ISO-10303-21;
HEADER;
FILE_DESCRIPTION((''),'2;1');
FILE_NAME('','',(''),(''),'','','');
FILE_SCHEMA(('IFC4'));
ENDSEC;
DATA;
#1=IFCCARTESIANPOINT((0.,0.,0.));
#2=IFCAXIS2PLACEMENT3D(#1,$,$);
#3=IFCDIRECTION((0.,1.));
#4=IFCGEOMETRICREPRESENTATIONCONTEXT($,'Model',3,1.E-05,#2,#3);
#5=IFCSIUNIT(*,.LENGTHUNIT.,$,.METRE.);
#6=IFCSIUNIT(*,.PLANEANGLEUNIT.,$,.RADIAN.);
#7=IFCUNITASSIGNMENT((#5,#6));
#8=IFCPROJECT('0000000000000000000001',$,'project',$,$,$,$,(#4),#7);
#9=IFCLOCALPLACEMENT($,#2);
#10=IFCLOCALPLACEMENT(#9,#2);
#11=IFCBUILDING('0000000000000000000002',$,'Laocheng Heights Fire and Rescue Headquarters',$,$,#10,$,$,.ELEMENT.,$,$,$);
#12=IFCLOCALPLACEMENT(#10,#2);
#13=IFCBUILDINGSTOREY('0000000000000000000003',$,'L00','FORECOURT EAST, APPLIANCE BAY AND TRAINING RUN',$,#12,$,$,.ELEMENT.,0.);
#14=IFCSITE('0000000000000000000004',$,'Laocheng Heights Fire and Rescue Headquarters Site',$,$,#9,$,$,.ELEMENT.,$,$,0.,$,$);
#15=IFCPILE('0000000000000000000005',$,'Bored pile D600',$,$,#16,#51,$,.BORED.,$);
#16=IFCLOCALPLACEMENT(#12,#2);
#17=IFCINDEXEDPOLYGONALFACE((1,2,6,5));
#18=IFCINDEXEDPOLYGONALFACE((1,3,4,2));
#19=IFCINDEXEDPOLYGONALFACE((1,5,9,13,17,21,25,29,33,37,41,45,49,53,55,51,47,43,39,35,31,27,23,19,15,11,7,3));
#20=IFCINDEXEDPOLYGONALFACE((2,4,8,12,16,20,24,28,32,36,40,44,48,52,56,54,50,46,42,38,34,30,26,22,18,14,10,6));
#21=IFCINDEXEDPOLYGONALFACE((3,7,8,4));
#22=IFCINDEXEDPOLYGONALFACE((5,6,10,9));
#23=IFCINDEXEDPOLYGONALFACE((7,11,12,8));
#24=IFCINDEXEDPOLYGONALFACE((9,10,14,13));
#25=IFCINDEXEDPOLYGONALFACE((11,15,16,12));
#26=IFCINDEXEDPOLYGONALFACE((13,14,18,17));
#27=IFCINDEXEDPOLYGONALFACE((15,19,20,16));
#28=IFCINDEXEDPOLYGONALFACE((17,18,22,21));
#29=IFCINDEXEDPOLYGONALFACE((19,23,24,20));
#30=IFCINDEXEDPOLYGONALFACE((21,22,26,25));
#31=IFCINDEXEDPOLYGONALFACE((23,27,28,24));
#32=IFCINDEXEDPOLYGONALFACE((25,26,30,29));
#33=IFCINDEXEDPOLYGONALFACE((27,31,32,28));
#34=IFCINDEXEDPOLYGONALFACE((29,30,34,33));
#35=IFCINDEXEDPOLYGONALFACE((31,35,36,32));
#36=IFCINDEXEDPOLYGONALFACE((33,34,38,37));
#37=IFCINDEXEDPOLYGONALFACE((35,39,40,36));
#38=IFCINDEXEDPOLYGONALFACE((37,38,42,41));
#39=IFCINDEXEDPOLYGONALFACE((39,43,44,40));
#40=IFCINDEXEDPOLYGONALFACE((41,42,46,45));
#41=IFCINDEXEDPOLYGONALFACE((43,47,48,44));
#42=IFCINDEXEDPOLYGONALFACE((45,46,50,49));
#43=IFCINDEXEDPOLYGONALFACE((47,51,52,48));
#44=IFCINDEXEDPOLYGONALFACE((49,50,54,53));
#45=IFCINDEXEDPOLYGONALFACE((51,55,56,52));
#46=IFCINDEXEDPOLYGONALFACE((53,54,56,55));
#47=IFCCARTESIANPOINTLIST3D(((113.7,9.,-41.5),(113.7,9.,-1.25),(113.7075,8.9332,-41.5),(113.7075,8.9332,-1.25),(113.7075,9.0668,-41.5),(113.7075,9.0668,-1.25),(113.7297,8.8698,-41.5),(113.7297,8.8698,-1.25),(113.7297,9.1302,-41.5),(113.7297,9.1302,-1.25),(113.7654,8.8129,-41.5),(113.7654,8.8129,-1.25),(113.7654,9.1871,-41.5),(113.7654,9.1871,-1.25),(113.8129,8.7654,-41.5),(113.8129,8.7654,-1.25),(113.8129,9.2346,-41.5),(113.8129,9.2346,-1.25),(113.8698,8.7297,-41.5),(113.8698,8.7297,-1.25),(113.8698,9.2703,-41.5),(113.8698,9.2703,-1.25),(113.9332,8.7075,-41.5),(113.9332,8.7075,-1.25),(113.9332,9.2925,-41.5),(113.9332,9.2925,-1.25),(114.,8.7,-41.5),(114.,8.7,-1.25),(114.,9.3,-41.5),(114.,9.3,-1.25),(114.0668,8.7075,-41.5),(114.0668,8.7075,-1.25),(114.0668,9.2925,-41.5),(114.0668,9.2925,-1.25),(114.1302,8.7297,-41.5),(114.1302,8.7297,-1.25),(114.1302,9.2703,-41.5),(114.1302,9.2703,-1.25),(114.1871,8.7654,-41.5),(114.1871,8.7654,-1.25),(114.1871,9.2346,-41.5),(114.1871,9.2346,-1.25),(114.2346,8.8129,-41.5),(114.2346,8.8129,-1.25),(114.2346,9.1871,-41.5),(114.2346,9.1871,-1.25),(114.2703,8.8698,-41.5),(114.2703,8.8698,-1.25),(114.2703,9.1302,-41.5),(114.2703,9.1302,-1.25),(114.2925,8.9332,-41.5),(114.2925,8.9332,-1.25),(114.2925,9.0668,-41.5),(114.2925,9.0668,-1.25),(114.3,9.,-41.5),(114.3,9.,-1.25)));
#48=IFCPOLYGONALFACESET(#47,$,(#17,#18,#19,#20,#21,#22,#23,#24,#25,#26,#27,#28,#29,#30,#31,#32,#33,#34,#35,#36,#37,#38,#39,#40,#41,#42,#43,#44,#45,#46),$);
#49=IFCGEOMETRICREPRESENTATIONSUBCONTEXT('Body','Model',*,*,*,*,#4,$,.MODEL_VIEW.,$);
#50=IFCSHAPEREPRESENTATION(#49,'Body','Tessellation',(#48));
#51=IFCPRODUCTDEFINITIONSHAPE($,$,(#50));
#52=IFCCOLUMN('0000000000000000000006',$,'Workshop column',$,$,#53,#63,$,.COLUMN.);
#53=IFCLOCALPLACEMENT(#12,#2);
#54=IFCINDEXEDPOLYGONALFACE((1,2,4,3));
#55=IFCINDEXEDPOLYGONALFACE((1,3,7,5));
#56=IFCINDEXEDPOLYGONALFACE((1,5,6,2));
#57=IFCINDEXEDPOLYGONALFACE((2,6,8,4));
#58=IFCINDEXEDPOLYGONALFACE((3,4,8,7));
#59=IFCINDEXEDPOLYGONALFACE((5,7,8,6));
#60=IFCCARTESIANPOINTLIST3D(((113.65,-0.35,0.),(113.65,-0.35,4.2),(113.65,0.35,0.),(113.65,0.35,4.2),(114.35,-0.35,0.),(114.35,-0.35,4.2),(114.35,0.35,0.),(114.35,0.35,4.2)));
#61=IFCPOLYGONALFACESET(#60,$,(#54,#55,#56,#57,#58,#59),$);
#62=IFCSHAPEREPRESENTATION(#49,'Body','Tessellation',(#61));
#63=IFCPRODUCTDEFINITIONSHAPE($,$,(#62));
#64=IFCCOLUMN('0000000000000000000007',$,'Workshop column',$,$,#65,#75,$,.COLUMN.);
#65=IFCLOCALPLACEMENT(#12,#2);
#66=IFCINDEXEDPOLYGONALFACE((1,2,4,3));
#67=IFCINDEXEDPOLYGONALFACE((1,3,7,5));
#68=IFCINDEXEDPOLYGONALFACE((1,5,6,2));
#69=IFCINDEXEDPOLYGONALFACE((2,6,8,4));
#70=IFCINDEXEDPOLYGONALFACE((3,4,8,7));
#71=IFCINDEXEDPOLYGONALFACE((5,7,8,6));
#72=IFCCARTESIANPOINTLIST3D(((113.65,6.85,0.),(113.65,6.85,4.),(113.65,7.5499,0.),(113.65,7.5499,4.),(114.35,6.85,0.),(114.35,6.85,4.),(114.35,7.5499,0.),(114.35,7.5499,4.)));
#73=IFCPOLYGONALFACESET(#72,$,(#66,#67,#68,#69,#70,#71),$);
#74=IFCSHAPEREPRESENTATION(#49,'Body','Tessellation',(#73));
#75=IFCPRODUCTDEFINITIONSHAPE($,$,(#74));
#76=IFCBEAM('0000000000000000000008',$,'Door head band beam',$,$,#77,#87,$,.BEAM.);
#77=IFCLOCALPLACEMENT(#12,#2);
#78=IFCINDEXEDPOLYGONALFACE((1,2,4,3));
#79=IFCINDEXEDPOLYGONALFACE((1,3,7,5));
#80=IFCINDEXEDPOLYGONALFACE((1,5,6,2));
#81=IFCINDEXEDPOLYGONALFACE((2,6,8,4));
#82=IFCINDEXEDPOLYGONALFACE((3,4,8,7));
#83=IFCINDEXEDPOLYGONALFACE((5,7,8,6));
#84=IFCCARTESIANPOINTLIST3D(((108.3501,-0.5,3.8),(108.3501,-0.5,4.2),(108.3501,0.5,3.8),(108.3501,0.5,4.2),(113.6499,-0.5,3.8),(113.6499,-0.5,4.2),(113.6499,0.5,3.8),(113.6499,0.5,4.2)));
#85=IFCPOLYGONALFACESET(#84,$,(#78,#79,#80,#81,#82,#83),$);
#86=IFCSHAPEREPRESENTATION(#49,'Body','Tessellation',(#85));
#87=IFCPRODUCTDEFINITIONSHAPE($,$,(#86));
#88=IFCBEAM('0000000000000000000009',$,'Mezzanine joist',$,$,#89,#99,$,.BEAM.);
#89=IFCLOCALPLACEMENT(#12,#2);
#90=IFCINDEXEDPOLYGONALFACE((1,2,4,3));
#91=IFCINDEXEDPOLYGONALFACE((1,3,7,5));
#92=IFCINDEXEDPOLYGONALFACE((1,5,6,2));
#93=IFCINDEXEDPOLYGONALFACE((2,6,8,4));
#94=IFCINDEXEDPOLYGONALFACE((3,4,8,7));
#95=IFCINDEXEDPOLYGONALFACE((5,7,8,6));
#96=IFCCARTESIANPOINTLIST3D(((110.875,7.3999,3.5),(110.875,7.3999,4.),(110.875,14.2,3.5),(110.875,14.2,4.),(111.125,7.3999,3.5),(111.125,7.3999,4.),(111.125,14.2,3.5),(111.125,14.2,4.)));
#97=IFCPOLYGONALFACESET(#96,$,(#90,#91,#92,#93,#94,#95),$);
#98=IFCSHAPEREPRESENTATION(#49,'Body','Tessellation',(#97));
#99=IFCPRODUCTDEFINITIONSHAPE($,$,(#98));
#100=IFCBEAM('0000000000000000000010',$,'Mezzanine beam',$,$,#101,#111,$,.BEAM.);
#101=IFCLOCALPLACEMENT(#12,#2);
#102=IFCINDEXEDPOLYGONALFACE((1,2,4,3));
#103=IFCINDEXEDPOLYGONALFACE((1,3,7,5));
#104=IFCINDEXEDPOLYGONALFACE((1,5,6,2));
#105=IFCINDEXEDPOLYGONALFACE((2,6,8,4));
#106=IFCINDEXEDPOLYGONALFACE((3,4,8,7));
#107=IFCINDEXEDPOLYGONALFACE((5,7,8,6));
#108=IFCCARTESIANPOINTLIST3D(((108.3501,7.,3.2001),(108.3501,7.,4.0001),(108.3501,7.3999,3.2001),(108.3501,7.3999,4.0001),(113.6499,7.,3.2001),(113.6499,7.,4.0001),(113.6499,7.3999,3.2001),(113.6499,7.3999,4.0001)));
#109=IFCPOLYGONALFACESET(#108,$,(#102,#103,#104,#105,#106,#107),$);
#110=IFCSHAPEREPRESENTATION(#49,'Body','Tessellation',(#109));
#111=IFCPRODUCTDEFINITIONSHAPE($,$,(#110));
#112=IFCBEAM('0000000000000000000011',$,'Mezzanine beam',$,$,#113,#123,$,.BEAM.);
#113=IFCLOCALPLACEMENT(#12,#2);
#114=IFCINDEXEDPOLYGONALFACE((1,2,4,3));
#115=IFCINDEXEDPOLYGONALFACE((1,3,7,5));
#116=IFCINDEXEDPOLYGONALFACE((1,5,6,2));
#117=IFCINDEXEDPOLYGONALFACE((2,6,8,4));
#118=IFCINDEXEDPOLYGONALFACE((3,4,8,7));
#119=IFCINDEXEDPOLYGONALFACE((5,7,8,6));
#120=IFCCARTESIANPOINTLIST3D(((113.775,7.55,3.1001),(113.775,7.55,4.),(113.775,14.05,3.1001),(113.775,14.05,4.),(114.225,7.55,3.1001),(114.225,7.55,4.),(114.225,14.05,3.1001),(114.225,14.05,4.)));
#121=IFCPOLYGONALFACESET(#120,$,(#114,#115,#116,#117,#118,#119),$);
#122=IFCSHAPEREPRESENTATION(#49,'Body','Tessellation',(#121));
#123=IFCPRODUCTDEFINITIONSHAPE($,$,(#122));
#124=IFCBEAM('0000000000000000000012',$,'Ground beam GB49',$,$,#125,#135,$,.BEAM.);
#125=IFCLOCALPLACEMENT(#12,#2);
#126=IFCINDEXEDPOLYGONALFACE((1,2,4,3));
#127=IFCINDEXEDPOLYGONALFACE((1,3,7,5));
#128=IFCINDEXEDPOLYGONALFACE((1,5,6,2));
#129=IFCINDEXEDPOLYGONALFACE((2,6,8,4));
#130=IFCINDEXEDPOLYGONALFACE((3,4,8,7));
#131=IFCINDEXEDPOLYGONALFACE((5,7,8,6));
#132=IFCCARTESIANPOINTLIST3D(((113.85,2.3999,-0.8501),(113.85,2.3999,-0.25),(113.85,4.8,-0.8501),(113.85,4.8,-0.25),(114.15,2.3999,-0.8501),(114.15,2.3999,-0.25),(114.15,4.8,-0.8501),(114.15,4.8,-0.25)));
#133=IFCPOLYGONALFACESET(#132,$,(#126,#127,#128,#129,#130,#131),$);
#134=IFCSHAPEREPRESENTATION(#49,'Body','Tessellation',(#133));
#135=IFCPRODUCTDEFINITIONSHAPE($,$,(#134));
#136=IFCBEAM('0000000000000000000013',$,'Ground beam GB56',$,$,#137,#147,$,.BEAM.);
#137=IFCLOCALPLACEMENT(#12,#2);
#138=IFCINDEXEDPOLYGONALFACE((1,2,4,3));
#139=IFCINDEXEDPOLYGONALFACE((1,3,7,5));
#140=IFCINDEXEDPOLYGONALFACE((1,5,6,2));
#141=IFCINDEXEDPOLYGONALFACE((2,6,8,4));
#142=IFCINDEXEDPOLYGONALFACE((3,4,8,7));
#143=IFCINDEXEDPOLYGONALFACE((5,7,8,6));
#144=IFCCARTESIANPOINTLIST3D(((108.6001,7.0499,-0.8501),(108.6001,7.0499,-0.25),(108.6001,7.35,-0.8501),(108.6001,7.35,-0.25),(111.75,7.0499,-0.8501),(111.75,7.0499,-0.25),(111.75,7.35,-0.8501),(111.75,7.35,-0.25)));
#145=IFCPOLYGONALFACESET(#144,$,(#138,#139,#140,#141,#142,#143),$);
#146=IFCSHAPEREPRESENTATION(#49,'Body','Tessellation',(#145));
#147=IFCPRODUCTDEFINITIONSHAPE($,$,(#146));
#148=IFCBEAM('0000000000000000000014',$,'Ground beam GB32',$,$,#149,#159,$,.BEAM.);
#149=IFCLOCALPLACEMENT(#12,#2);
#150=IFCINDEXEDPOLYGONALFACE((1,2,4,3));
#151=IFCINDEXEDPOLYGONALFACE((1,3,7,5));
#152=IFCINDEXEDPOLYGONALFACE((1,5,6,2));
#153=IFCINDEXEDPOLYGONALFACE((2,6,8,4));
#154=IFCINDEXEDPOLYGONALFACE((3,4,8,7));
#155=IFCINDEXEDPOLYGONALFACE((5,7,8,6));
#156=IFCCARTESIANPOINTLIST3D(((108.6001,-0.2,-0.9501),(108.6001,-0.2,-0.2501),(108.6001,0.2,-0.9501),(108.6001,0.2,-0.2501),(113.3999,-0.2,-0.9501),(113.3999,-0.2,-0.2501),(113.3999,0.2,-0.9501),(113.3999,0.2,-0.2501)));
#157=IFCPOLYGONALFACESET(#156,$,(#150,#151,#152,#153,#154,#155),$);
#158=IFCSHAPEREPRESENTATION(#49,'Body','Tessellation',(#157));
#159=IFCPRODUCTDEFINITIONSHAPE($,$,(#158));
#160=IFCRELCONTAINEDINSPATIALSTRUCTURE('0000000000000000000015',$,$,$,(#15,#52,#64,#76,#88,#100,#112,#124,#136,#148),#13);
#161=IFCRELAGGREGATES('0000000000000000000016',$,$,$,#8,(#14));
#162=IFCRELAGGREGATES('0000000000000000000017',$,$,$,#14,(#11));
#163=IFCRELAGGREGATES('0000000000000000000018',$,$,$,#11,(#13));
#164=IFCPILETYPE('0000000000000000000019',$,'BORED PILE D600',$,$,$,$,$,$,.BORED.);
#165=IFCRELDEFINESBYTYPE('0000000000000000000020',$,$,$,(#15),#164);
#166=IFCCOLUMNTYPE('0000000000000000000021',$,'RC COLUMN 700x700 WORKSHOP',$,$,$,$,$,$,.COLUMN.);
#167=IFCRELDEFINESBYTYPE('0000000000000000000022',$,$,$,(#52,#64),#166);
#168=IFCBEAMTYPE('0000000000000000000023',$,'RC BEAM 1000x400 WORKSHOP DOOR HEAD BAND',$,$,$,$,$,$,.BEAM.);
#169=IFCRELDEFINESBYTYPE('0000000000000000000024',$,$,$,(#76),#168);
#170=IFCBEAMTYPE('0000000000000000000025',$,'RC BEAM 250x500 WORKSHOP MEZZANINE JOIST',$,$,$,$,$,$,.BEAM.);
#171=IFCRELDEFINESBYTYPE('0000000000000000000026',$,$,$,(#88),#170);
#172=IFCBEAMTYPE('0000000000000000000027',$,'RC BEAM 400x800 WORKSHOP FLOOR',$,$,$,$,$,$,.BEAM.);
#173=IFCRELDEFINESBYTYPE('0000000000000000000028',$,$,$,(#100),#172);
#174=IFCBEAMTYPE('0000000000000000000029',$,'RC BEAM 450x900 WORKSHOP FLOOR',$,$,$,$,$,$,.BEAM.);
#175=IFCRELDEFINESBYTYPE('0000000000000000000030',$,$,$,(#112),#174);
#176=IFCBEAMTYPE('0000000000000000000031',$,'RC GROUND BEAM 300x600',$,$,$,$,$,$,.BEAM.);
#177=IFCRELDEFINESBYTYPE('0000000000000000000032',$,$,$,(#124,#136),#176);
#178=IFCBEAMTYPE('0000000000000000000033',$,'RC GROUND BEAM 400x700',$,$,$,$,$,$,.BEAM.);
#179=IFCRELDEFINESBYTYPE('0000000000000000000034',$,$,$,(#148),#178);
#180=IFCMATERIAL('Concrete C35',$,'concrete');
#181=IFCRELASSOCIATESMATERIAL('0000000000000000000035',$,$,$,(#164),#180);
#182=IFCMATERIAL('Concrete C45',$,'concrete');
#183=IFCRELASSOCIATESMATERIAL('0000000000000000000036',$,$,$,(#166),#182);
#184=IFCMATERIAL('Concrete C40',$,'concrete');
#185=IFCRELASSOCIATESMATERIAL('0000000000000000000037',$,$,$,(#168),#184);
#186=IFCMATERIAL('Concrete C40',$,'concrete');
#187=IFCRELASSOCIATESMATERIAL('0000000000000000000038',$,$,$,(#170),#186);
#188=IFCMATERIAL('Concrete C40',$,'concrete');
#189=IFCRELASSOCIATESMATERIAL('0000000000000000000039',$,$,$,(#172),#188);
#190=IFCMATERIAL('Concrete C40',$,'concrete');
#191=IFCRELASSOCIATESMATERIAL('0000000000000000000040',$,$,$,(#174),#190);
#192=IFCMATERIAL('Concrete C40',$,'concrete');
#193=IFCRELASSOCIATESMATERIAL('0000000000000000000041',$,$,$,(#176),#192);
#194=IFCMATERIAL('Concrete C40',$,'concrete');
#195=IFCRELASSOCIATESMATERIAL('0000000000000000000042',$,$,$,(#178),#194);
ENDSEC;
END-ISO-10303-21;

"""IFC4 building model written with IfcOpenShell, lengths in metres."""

from ifc_helpers import new_model, si_unit, direction, frame, origin, origin_2d, place, context, subcontext, project, spatial, rectangle, circle, extrude, material, material_profile, profile_set, type_object, element, save


model = new_model("IFC4")

# Units and contexts
model_context = context("Model", 3, precision=1e-05, world=origin(), true_north=direction((0.0, 1.0)))
body_context = subcontext(model_context, "Body", "Model", "MODEL_VIEW")
ifc_project = project(units=[si_unit("LENGTHUNIT", "METRE"), si_unit("PLANEANGLEUNIT", "RADIAN")], contexts=[model_context])

# Site, building, storey
site_placement = place(None, origin())
site = spatial("IfcSite", under=ifc_project, at=site_placement, Name="Laocheng Heights Fire and Rescue Headquarters Site", CompositionType="ELEMENT", RefElevation=0.0)
building_placement = place(site_placement, origin())
building = spatial("IfcBuilding", under=site, at=building_placement, Name="Laocheng Heights Fire and Rescue Headquarters", CompositionType="ELEMENT")
storey_placement = place(building_placement, origin())
storey = spatial("IfcBuildingStorey", under=building, at=storey_placement, Name="L00", Description="FORECOURT EAST, APPLIANCE BAY AND TRAINING RUN", CompositionType="ELEMENT", Elevation=0.0)

# Pile
ifc_material_1 = material(Name="Concrete C35", Category="concrete")
ifc_material_profile_1 = material_profile(ifc_material_1, circle(Radius=0.3, at=origin_2d()), Name="BORED PILE D600")
ifc_profile_set_1 = profile_set([ifc_material_profile_1], Name="Concrete C35")
pile_type = type_object("IfcPileType", Name="BORED PILE D600", PredefinedType="BORED", material=ifc_profile_set_1)
for number, where, z_axis, x_axis, name in (
    (1, (114.0, 9.0, -1.25), (0.0, 0.0, -1.0), (1.0, 0.0, 0.0), "Bored pile D600"),
):
    element("IfcPile", number, at=place(storey_placement, frame(where, z_axis=z_axis, x_axis=x_axis)), inside=storey, type_object=pile_type, Name=name, PredefinedType="BORED", context=body_context, shape_type="SweptSolid", body=[
        extrude(circle(Radius=0.3, at=origin_2d()), origin(), (0.0, 0.0, 1.0), 40.25),
    ])

# Columns
ifc_material_2 = material(Name="Concrete C45", Category="concrete")
ifc_material_profile_2 = material_profile(ifc_material_2, rectangle(XDim=0.7, YDim=0.7, at=origin_2d()), Name="RC COLUMN 700x700 WORKSHOP")
ifc_profile_set_2 = profile_set([ifc_material_profile_2], Name="Concrete C45")
column_type = type_object("IfcColumnType", Name="RC COLUMN 700x700 WORKSHOP", PredefinedType="COLUMN", material=ifc_profile_set_2)
column_1_placement = place(storey_placement, frame((114.0, 0.0, 0.0), z_axis=(0.0, 0.0, 1.0), x_axis=(1.0, 0.0, 0.0)))
element("IfcColumn", 2, at=column_1_placement, inside=storey, type_object=column_type, Name="Workshop column", PredefinedType="COLUMN", context=body_context, shape_type="SweptSolid", body=[
    extrude(rectangle(XDim=0.7, YDim=0.7, at=origin_2d()), origin(), (0.0, 0.0, 1.0), 4.2),
])
column_2_placement = place(storey_placement, frame((114.0, 7.2, 0.0), z_axis=(0.0, 0.0, 1.0), x_axis=(1.0, 0.0, 0.0)))
element("IfcColumn", 3, at=column_2_placement, inside=storey, type_object=column_type, Name="Workshop column", PredefinedType="COLUMN", context=body_context, shape_type="SweptSolid", body=[
    extrude(rectangle(XDim=0.7, YDim=0.7, at=origin_2d()), origin(), (0.0, 0.0, 1.0), 4.0),
])

# Beams
ifc_material_3 = material(Name="Concrete C40", Category="concrete")
ifc_material_profile_3 = material_profile(ifc_material_3, rectangle(XDim=1.0, YDim=0.3999, at=origin_2d()), Name="RC BEAM 1000x400 WORKSHOP DOOR HEAD BAND")
ifc_profile_set_3 = profile_set([ifc_material_profile_3], Name="Concrete C40")
beam_type_1 = type_object("IfcBeamType", Name="RC BEAM 1000x400 WORKSHOP DOOR HEAD BAND", PredefinedType="BEAM", material=ifc_profile_set_3)
beam_1_placement = place(storey_placement, frame((108.3501, 0.0, 4.0), z_axis=(1.0, 0.0, 0.0), x_axis=(0.0, 1.0, 0.0)))
element("IfcBeam", 4, at=beam_1_placement, inside=storey, type_object=beam_type_1, Name="Door head band beam", PredefinedType="BEAM", context=body_context, shape_type="SweptSolid", body=[
    extrude(rectangle(XDim=1.0, YDim=0.3999, at=origin_2d()), origin(), (0.0, 0.0, 1.0), 5.2998),
])
ifc_material_4 = material(Name="Concrete C40", Category="concrete")
ifc_material_profile_4 = material_profile(ifc_material_4, rectangle(XDim=0.25, YDim=0.5, at=origin_2d()), Name="RC BEAM 250x500 WORKSHOP MEZZANINE JOIST")
ifc_profile_set_4 = profile_set([ifc_material_profile_4], Name="Concrete C40")
beam_type_2 = type_object("IfcBeamType", Name="RC BEAM 250x500 WORKSHOP MEZZANINE JOIST", PredefinedType="BEAM", material=ifc_profile_set_4)
beam_2_placement = place(storey_placement, frame((111.0, 7.3999, 3.75), z_axis=(0.0, 1.0, 0.0), x_axis=(-1.0, 0.0, 0.0)))
element("IfcBeam", 5, at=beam_2_placement, inside=storey, type_object=beam_type_2, Name="Mezzanine joist", PredefinedType="BEAM", context=body_context, shape_type="SweptSolid", body=[
    extrude(rectangle(XDim=0.25, YDim=0.5, at=origin_2d()), origin(), (0.0, 0.0, 1.0), 6.8),
])
ifc_material_5 = material(Name="Concrete C40", Category="concrete")
ifc_material_profile_5 = material_profile(ifc_material_5, rectangle(XDim=0.3999, YDim=0.8, at=origin_2d()), Name="RC BEAM 400x800 WORKSHOP FLOOR")
ifc_profile_set_5 = profile_set([ifc_material_profile_5], Name="Concrete C40")
beam_type_3 = type_object("IfcBeamType", Name="RC BEAM 400x800 WORKSHOP FLOOR", PredefinedType="BEAM", material=ifc_profile_set_5)
beam_3_placement = place(storey_placement, frame((108.3501, 7.2, 3.6001), z_axis=(1.0, 0.0, 0.0), x_axis=(0.0, 1.0, 0.0)))
element("IfcBeam", 6, at=beam_3_placement, inside=storey, type_object=beam_type_3, Name="Mezzanine beam", PredefinedType="BEAM", context=body_context, shape_type="SweptSolid", body=[
    extrude(rectangle(XDim=0.3999, YDim=0.8, at=origin_2d()), origin(), (0.0, 0.0, 1.0), 5.2998),
])
ifc_material_6 = material(Name="Concrete C40", Category="concrete")
ifc_material_profile_6 = material_profile(ifc_material_6, rectangle(XDim=0.45, YDim=0.8999, at=origin_2d()), Name="RC BEAM 450x900 WORKSHOP FLOOR")
ifc_profile_set_6 = profile_set([ifc_material_profile_6], Name="Concrete C40")
beam_type_4 = type_object("IfcBeamType", Name="RC BEAM 450x900 WORKSHOP FLOOR", PredefinedType="BEAM", material=ifc_profile_set_6)
beam_4_placement = place(storey_placement, frame((114.0, 7.55, 3.55), z_axis=(0.0, 1.0, 0.0), x_axis=(-1.0, 0.0, 0.0)))
element("IfcBeam", 7, at=beam_4_placement, inside=storey, type_object=beam_type_4, Name="Mezzanine beam", PredefinedType="BEAM", context=body_context, shape_type="SweptSolid", body=[
    extrude(rectangle(XDim=0.45, YDim=0.8999, at=origin_2d()), origin(), (0.0, 0.0, 1.0), 6.5),
])
ifc_material_7 = material(Name="Concrete C40", Category="concrete")
ifc_material_profile_7 = material_profile(ifc_material_7, rectangle(XDim=0.3, YDim=0.6001, at=origin_2d()), Name="RC GROUND BEAM 300x600")
ifc_profile_set_7 = profile_set([ifc_material_profile_7], Name="Concrete C40")
beam_type_5 = type_object("IfcBeamType", Name="RC GROUND BEAM 300x600", PredefinedType="BEAM", material=ifc_profile_set_7)
beam_5_placement = place(storey_placement, frame((114.0, 2.3999, -0.55), z_axis=(0.0, 1.0, 0.0), x_axis=(-1.0, 0.0, 0.0)))
element("IfcBeam", 8, at=beam_5_placement, inside=storey, type_object=beam_type_5, Name="Ground beam GB49", PredefinedType="BEAM", context=body_context, shape_type="SweptSolid", body=[
    extrude(rectangle(XDim=0.3, YDim=0.6001, at=origin_2d()), origin(), (0.0, 0.0, 1.0), 2.4001),
])
beam_6_placement = place(storey_placement, frame((108.6001, 7.2, -0.55), z_axis=(1.0, 0.0, 0.0), x_axis=(0.0, 1.0, 0.0)))
element("IfcBeam", 9, at=beam_6_placement, inside=storey, type_object=beam_type_5, Name="Ground beam GB56", PredefinedType="BEAM", context=body_context, shape_type="SweptSolid", body=[
    extrude(rectangle(XDim=0.3, YDim=0.6001, at=origin_2d()), origin(), (0.0, 0.0, 1.0), 3.1499),
])
ifc_material_8 = material(Name="Concrete C40", Category="concrete")
ifc_material_profile_8 = material_profile(ifc_material_8, rectangle(XDim=0.3999, YDim=0.7, at=origin_2d()), Name="RC GROUND BEAM 400x700")
ifc_profile_set_8 = profile_set([ifc_material_profile_8], Name="Concrete C40")
beam_type_6 = type_object("IfcBeamType", Name="RC GROUND BEAM 400x700", PredefinedType="BEAM", material=ifc_profile_set_8)
beam_7_placement = place(storey_placement, frame((108.6001, 0.0, -0.6001), z_axis=(1.0, 0.0, 0.0), x_axis=(0.0, 1.0, 0.0)))
element("IfcBeam", 10, at=beam_7_placement, inside=storey, type_object=beam_type_6, Name="Ground beam GB32", PredefinedType="BEAM", context=body_context, shape_type="SweptSolid", body=[
    extrude(rectangle(XDim=0.3999, YDim=0.7, at=origin_2d()), origin(), (0.0, 0.0, 1.0), 4.7998),
])

save(model, "model.ifc")
